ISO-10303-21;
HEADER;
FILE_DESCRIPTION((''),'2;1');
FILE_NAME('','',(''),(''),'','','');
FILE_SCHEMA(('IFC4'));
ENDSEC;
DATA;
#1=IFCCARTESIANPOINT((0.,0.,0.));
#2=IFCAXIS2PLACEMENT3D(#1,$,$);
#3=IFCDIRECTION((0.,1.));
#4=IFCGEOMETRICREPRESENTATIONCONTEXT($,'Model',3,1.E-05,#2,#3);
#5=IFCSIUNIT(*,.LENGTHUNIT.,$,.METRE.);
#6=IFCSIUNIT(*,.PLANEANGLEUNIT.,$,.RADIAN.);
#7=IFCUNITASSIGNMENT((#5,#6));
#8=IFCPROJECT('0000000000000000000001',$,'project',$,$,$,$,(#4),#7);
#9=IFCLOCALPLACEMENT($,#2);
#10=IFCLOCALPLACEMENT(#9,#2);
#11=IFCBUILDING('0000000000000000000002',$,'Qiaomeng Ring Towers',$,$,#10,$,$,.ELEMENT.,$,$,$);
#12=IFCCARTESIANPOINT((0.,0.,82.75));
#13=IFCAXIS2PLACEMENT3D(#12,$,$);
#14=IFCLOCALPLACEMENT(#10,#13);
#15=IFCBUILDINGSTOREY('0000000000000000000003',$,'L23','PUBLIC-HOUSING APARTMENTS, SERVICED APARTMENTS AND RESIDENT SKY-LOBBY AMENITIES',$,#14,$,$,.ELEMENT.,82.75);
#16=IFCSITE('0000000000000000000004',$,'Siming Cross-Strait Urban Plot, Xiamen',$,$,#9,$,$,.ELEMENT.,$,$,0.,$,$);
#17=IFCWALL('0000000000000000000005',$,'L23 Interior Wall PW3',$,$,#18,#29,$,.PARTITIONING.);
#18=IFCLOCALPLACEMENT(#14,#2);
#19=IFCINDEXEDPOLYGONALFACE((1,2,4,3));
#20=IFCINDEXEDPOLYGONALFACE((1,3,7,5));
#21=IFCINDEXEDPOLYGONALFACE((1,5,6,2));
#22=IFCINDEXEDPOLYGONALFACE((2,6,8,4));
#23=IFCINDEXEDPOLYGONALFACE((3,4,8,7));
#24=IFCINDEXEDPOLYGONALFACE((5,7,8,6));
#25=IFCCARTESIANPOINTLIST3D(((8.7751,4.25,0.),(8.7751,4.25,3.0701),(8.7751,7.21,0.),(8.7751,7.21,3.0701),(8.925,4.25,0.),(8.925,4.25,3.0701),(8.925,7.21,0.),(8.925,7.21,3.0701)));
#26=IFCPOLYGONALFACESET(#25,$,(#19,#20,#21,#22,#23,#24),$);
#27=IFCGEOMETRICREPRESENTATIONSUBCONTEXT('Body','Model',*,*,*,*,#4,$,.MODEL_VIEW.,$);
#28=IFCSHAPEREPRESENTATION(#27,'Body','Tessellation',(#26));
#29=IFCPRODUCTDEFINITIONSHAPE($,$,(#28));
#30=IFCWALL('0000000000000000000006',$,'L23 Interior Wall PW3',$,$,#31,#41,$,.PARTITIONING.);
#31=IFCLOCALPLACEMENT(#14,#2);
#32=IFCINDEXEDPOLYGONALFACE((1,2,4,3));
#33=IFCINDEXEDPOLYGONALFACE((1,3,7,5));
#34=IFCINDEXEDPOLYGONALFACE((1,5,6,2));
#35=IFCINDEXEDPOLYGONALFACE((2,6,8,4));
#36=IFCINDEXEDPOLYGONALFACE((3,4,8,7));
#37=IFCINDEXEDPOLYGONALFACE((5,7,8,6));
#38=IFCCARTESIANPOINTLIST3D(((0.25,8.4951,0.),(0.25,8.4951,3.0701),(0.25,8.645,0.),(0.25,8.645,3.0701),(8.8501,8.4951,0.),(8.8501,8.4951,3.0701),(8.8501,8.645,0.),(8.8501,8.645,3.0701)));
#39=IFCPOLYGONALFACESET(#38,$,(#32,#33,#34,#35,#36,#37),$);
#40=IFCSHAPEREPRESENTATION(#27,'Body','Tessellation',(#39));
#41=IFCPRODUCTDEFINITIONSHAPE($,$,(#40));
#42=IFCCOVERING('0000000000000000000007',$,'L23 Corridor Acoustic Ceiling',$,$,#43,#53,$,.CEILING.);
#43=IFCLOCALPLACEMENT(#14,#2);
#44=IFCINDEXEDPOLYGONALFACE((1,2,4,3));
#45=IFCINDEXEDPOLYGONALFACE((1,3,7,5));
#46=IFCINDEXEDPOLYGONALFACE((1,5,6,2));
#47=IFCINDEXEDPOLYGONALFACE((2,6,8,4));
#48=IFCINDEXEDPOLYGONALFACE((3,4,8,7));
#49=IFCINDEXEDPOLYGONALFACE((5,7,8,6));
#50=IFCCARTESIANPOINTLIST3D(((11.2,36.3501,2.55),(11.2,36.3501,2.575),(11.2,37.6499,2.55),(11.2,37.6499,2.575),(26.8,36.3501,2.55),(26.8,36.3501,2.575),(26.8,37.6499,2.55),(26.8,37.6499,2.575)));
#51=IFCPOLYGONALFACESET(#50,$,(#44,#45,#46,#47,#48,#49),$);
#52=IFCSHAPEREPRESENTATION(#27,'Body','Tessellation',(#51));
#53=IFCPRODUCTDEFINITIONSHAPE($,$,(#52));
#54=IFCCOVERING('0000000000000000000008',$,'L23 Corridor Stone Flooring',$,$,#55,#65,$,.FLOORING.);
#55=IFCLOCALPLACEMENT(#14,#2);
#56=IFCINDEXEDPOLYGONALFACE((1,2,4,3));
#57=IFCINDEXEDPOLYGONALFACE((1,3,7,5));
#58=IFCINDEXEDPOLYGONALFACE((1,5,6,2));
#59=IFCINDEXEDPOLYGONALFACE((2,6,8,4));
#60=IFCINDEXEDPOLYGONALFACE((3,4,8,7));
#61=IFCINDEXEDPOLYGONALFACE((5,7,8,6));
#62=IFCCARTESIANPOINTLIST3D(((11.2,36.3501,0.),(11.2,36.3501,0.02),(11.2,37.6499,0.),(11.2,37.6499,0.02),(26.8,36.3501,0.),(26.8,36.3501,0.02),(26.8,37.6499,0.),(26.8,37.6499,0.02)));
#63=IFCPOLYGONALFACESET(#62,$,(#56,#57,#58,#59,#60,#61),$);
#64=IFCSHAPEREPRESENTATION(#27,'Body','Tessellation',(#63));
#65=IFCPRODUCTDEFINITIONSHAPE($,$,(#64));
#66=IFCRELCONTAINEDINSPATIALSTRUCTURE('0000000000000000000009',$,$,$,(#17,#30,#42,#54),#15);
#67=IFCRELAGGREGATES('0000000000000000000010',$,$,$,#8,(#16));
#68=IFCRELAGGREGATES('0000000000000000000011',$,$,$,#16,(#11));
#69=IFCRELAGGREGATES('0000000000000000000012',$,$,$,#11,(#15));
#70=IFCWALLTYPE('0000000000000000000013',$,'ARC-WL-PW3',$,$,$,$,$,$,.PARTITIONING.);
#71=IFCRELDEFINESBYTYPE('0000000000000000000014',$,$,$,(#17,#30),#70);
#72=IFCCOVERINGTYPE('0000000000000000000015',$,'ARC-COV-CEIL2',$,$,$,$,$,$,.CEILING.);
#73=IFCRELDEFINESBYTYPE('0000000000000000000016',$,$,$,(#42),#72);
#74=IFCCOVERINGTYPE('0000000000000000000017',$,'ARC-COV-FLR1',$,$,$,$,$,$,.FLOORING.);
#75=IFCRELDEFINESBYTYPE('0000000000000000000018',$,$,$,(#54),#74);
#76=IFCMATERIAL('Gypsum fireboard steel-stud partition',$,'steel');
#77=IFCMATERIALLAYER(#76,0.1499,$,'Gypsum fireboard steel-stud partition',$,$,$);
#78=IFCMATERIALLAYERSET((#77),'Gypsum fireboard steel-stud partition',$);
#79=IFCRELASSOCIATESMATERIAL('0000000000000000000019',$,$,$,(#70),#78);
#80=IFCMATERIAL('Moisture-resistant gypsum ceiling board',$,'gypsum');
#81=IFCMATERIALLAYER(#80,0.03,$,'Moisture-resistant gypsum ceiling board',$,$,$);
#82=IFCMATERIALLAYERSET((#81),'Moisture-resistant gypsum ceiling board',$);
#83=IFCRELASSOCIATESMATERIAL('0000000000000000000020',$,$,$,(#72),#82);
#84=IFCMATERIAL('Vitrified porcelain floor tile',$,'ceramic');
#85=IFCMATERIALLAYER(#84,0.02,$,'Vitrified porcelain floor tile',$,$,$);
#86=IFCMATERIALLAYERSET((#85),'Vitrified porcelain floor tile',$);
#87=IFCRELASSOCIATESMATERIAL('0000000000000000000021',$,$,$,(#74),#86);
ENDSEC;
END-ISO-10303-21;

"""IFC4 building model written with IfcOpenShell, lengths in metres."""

from ifc_helpers import new_model, si_unit, direction, frame, frame_2d, origin, place, context, subcontext, project, spatial, polyline, rectangle, outline, extrude, material, layer, layer_set, type_object, element, save


model = new_model("IFC4")

# Units and contexts
model_context = context("Model", 3, precision=1e-05, world=origin(), true_north=direction((0.0, 1.0)))
body_context = subcontext(model_context, "Body", "Model", "MODEL_VIEW")
ifc_project = project(units=[si_unit("LENGTHUNIT", "METRE"), si_unit("PLANEANGLEUNIT", "RADIAN")], contexts=[model_context])

# Site, building, storey
site_placement = place(None, origin())
site = spatial("IfcSite", under=ifc_project, at=site_placement, Name="Siming Cross-Strait Urban Plot, Xiamen", CompositionType="ELEMENT", RefElevation=0.0)
building_placement = place(site_placement, origin())
building = spatial("IfcBuilding", under=site, at=building_placement, Name="Qiaomeng Ring Towers", CompositionType="ELEMENT")
storey_placement = place(building_placement, frame((0.0, 0.0, 82.75)))
storey = spatial("IfcBuildingStorey", under=building, at=storey_placement, Name="L23", Description="PUBLIC-HOUSING APARTMENTS, SERVICED APARTMENTS AND RESIDENT SKY-LOBBY AMENITIES", CompositionType="ELEMENT", Elevation=82.75)

# Walls
ifc_material_1 = material(Name="Gypsum fireboard steel-stud partition", Category="steel")
ifc_layer_1 = layer(ifc_material_1, 0.1499, Name="Gypsum fireboard steel-stud partition")
ifc_layer_set_1 = layer_set([ifc_layer_1], Name="Gypsum fireboard steel-stud partition")
wall_type_1 = type_object("IfcWallType", Name="ARC-WL-PW3", PredefinedType="PARTITIONING", material=ifc_layer_set_1)
wall_1_placement = place(storey_placement, frame((8.8501, 4.25, 0.0), z_axis=(0.0, 0.0, 1.0), x_axis=(0.0, 1.0, 0.0)))
element("IfcWall", 1, at=wall_1_placement, inside=storey, type_object=wall_type_1, Name="L23 Interior Wall PW3", PredefinedType="PARTITIONING", context=body_context, shape_type="SweptSolid", body=[
    extrude(rectangle(XDim=2.96, YDim=0.1499, at=frame_2d((1.48, 0.0))), origin(), (0.0, 0.0, 1.0), 3.0701),
])
wall_2_placement = place(storey_placement, frame((0.25, 8.5701, 0.0), z_axis=(0.0, 0.0, 1.0), x_axis=(1.0, 0.0, 0.0)))
element("IfcWall", 2, at=wall_2_placement, inside=storey, type_object=wall_type_1, Name="L23 Interior Wall PW3", PredefinedType="PARTITIONING", context=body_context, shape_type="SweptSolid", body=[
    extrude(rectangle(XDim=8.6001, YDim=0.1499, at=frame_2d((4.3, 0.0))), origin(), (0.0, 0.0, 1.0), 3.0701),
])

# Coverings
ifc_material_2 = material(Name="Moisture-resistant gypsum ceiling board", Category="gypsum")
ifc_layer_2 = layer(ifc_material_2, 0.03, Name="Moisture-resistant gypsum ceiling board")
ifc_layer_set_2 = layer_set([ifc_layer_2], Name="Moisture-resistant gypsum ceiling board")
covering_type_1 = type_object("IfcCoveringType", Name="ARC-COV-CEIL2", PredefinedType="CEILING", material=ifc_layer_set_2)
covering_1_placement = place(storey_placement, frame((0.0, 0.0, 2.55)))
element("IfcCovering", 3, at=covering_1_placement, inside=storey, type_object=covering_type_1, Name="L23 Corridor Acoustic Ceiling", PredefinedType="CEILING", context=body_context, shape_type="SweptSolid", body=[
    extrude(outline(polyline([(11.2, 36.3501), (11.2, 37.6499), (26.8, 37.6499), (26.8, 36.3501), (11.2, 36.3501)])), origin(), (0.0, 0.0, 1.0), 0.0249),
])
ifc_material_3 = material(Name="Vitrified porcelain floor tile", Category="ceramic")
ifc_layer_3 = layer(ifc_material_3, 0.02, Name="Vitrified porcelain floor tile")
ifc_layer_set_3 = layer_set([ifc_layer_3], Name="Vitrified porcelain floor tile")
covering_type_2 = type_object("IfcCoveringType", Name="ARC-COV-FLR1", PredefinedType="FLOORING", material=ifc_layer_set_3)
covering_2_placement = place(storey_placement, origin())
element("IfcCovering", 4, at=covering_2_placement, inside=storey, type_object=covering_type_2, Name="L23 Corridor Stone Flooring", PredefinedType="FLOORING", context=body_context, shape_type="SweptSolid", body=[
    extrude(outline(polyline([(11.2, 36.3501), (11.2, 37.6499), (26.8, 37.6499), (26.8, 36.3501), (11.2, 36.3501)])), origin(), (0.0, 0.0, 1.0), 0.02),
])

save(model, "model.ifc")
